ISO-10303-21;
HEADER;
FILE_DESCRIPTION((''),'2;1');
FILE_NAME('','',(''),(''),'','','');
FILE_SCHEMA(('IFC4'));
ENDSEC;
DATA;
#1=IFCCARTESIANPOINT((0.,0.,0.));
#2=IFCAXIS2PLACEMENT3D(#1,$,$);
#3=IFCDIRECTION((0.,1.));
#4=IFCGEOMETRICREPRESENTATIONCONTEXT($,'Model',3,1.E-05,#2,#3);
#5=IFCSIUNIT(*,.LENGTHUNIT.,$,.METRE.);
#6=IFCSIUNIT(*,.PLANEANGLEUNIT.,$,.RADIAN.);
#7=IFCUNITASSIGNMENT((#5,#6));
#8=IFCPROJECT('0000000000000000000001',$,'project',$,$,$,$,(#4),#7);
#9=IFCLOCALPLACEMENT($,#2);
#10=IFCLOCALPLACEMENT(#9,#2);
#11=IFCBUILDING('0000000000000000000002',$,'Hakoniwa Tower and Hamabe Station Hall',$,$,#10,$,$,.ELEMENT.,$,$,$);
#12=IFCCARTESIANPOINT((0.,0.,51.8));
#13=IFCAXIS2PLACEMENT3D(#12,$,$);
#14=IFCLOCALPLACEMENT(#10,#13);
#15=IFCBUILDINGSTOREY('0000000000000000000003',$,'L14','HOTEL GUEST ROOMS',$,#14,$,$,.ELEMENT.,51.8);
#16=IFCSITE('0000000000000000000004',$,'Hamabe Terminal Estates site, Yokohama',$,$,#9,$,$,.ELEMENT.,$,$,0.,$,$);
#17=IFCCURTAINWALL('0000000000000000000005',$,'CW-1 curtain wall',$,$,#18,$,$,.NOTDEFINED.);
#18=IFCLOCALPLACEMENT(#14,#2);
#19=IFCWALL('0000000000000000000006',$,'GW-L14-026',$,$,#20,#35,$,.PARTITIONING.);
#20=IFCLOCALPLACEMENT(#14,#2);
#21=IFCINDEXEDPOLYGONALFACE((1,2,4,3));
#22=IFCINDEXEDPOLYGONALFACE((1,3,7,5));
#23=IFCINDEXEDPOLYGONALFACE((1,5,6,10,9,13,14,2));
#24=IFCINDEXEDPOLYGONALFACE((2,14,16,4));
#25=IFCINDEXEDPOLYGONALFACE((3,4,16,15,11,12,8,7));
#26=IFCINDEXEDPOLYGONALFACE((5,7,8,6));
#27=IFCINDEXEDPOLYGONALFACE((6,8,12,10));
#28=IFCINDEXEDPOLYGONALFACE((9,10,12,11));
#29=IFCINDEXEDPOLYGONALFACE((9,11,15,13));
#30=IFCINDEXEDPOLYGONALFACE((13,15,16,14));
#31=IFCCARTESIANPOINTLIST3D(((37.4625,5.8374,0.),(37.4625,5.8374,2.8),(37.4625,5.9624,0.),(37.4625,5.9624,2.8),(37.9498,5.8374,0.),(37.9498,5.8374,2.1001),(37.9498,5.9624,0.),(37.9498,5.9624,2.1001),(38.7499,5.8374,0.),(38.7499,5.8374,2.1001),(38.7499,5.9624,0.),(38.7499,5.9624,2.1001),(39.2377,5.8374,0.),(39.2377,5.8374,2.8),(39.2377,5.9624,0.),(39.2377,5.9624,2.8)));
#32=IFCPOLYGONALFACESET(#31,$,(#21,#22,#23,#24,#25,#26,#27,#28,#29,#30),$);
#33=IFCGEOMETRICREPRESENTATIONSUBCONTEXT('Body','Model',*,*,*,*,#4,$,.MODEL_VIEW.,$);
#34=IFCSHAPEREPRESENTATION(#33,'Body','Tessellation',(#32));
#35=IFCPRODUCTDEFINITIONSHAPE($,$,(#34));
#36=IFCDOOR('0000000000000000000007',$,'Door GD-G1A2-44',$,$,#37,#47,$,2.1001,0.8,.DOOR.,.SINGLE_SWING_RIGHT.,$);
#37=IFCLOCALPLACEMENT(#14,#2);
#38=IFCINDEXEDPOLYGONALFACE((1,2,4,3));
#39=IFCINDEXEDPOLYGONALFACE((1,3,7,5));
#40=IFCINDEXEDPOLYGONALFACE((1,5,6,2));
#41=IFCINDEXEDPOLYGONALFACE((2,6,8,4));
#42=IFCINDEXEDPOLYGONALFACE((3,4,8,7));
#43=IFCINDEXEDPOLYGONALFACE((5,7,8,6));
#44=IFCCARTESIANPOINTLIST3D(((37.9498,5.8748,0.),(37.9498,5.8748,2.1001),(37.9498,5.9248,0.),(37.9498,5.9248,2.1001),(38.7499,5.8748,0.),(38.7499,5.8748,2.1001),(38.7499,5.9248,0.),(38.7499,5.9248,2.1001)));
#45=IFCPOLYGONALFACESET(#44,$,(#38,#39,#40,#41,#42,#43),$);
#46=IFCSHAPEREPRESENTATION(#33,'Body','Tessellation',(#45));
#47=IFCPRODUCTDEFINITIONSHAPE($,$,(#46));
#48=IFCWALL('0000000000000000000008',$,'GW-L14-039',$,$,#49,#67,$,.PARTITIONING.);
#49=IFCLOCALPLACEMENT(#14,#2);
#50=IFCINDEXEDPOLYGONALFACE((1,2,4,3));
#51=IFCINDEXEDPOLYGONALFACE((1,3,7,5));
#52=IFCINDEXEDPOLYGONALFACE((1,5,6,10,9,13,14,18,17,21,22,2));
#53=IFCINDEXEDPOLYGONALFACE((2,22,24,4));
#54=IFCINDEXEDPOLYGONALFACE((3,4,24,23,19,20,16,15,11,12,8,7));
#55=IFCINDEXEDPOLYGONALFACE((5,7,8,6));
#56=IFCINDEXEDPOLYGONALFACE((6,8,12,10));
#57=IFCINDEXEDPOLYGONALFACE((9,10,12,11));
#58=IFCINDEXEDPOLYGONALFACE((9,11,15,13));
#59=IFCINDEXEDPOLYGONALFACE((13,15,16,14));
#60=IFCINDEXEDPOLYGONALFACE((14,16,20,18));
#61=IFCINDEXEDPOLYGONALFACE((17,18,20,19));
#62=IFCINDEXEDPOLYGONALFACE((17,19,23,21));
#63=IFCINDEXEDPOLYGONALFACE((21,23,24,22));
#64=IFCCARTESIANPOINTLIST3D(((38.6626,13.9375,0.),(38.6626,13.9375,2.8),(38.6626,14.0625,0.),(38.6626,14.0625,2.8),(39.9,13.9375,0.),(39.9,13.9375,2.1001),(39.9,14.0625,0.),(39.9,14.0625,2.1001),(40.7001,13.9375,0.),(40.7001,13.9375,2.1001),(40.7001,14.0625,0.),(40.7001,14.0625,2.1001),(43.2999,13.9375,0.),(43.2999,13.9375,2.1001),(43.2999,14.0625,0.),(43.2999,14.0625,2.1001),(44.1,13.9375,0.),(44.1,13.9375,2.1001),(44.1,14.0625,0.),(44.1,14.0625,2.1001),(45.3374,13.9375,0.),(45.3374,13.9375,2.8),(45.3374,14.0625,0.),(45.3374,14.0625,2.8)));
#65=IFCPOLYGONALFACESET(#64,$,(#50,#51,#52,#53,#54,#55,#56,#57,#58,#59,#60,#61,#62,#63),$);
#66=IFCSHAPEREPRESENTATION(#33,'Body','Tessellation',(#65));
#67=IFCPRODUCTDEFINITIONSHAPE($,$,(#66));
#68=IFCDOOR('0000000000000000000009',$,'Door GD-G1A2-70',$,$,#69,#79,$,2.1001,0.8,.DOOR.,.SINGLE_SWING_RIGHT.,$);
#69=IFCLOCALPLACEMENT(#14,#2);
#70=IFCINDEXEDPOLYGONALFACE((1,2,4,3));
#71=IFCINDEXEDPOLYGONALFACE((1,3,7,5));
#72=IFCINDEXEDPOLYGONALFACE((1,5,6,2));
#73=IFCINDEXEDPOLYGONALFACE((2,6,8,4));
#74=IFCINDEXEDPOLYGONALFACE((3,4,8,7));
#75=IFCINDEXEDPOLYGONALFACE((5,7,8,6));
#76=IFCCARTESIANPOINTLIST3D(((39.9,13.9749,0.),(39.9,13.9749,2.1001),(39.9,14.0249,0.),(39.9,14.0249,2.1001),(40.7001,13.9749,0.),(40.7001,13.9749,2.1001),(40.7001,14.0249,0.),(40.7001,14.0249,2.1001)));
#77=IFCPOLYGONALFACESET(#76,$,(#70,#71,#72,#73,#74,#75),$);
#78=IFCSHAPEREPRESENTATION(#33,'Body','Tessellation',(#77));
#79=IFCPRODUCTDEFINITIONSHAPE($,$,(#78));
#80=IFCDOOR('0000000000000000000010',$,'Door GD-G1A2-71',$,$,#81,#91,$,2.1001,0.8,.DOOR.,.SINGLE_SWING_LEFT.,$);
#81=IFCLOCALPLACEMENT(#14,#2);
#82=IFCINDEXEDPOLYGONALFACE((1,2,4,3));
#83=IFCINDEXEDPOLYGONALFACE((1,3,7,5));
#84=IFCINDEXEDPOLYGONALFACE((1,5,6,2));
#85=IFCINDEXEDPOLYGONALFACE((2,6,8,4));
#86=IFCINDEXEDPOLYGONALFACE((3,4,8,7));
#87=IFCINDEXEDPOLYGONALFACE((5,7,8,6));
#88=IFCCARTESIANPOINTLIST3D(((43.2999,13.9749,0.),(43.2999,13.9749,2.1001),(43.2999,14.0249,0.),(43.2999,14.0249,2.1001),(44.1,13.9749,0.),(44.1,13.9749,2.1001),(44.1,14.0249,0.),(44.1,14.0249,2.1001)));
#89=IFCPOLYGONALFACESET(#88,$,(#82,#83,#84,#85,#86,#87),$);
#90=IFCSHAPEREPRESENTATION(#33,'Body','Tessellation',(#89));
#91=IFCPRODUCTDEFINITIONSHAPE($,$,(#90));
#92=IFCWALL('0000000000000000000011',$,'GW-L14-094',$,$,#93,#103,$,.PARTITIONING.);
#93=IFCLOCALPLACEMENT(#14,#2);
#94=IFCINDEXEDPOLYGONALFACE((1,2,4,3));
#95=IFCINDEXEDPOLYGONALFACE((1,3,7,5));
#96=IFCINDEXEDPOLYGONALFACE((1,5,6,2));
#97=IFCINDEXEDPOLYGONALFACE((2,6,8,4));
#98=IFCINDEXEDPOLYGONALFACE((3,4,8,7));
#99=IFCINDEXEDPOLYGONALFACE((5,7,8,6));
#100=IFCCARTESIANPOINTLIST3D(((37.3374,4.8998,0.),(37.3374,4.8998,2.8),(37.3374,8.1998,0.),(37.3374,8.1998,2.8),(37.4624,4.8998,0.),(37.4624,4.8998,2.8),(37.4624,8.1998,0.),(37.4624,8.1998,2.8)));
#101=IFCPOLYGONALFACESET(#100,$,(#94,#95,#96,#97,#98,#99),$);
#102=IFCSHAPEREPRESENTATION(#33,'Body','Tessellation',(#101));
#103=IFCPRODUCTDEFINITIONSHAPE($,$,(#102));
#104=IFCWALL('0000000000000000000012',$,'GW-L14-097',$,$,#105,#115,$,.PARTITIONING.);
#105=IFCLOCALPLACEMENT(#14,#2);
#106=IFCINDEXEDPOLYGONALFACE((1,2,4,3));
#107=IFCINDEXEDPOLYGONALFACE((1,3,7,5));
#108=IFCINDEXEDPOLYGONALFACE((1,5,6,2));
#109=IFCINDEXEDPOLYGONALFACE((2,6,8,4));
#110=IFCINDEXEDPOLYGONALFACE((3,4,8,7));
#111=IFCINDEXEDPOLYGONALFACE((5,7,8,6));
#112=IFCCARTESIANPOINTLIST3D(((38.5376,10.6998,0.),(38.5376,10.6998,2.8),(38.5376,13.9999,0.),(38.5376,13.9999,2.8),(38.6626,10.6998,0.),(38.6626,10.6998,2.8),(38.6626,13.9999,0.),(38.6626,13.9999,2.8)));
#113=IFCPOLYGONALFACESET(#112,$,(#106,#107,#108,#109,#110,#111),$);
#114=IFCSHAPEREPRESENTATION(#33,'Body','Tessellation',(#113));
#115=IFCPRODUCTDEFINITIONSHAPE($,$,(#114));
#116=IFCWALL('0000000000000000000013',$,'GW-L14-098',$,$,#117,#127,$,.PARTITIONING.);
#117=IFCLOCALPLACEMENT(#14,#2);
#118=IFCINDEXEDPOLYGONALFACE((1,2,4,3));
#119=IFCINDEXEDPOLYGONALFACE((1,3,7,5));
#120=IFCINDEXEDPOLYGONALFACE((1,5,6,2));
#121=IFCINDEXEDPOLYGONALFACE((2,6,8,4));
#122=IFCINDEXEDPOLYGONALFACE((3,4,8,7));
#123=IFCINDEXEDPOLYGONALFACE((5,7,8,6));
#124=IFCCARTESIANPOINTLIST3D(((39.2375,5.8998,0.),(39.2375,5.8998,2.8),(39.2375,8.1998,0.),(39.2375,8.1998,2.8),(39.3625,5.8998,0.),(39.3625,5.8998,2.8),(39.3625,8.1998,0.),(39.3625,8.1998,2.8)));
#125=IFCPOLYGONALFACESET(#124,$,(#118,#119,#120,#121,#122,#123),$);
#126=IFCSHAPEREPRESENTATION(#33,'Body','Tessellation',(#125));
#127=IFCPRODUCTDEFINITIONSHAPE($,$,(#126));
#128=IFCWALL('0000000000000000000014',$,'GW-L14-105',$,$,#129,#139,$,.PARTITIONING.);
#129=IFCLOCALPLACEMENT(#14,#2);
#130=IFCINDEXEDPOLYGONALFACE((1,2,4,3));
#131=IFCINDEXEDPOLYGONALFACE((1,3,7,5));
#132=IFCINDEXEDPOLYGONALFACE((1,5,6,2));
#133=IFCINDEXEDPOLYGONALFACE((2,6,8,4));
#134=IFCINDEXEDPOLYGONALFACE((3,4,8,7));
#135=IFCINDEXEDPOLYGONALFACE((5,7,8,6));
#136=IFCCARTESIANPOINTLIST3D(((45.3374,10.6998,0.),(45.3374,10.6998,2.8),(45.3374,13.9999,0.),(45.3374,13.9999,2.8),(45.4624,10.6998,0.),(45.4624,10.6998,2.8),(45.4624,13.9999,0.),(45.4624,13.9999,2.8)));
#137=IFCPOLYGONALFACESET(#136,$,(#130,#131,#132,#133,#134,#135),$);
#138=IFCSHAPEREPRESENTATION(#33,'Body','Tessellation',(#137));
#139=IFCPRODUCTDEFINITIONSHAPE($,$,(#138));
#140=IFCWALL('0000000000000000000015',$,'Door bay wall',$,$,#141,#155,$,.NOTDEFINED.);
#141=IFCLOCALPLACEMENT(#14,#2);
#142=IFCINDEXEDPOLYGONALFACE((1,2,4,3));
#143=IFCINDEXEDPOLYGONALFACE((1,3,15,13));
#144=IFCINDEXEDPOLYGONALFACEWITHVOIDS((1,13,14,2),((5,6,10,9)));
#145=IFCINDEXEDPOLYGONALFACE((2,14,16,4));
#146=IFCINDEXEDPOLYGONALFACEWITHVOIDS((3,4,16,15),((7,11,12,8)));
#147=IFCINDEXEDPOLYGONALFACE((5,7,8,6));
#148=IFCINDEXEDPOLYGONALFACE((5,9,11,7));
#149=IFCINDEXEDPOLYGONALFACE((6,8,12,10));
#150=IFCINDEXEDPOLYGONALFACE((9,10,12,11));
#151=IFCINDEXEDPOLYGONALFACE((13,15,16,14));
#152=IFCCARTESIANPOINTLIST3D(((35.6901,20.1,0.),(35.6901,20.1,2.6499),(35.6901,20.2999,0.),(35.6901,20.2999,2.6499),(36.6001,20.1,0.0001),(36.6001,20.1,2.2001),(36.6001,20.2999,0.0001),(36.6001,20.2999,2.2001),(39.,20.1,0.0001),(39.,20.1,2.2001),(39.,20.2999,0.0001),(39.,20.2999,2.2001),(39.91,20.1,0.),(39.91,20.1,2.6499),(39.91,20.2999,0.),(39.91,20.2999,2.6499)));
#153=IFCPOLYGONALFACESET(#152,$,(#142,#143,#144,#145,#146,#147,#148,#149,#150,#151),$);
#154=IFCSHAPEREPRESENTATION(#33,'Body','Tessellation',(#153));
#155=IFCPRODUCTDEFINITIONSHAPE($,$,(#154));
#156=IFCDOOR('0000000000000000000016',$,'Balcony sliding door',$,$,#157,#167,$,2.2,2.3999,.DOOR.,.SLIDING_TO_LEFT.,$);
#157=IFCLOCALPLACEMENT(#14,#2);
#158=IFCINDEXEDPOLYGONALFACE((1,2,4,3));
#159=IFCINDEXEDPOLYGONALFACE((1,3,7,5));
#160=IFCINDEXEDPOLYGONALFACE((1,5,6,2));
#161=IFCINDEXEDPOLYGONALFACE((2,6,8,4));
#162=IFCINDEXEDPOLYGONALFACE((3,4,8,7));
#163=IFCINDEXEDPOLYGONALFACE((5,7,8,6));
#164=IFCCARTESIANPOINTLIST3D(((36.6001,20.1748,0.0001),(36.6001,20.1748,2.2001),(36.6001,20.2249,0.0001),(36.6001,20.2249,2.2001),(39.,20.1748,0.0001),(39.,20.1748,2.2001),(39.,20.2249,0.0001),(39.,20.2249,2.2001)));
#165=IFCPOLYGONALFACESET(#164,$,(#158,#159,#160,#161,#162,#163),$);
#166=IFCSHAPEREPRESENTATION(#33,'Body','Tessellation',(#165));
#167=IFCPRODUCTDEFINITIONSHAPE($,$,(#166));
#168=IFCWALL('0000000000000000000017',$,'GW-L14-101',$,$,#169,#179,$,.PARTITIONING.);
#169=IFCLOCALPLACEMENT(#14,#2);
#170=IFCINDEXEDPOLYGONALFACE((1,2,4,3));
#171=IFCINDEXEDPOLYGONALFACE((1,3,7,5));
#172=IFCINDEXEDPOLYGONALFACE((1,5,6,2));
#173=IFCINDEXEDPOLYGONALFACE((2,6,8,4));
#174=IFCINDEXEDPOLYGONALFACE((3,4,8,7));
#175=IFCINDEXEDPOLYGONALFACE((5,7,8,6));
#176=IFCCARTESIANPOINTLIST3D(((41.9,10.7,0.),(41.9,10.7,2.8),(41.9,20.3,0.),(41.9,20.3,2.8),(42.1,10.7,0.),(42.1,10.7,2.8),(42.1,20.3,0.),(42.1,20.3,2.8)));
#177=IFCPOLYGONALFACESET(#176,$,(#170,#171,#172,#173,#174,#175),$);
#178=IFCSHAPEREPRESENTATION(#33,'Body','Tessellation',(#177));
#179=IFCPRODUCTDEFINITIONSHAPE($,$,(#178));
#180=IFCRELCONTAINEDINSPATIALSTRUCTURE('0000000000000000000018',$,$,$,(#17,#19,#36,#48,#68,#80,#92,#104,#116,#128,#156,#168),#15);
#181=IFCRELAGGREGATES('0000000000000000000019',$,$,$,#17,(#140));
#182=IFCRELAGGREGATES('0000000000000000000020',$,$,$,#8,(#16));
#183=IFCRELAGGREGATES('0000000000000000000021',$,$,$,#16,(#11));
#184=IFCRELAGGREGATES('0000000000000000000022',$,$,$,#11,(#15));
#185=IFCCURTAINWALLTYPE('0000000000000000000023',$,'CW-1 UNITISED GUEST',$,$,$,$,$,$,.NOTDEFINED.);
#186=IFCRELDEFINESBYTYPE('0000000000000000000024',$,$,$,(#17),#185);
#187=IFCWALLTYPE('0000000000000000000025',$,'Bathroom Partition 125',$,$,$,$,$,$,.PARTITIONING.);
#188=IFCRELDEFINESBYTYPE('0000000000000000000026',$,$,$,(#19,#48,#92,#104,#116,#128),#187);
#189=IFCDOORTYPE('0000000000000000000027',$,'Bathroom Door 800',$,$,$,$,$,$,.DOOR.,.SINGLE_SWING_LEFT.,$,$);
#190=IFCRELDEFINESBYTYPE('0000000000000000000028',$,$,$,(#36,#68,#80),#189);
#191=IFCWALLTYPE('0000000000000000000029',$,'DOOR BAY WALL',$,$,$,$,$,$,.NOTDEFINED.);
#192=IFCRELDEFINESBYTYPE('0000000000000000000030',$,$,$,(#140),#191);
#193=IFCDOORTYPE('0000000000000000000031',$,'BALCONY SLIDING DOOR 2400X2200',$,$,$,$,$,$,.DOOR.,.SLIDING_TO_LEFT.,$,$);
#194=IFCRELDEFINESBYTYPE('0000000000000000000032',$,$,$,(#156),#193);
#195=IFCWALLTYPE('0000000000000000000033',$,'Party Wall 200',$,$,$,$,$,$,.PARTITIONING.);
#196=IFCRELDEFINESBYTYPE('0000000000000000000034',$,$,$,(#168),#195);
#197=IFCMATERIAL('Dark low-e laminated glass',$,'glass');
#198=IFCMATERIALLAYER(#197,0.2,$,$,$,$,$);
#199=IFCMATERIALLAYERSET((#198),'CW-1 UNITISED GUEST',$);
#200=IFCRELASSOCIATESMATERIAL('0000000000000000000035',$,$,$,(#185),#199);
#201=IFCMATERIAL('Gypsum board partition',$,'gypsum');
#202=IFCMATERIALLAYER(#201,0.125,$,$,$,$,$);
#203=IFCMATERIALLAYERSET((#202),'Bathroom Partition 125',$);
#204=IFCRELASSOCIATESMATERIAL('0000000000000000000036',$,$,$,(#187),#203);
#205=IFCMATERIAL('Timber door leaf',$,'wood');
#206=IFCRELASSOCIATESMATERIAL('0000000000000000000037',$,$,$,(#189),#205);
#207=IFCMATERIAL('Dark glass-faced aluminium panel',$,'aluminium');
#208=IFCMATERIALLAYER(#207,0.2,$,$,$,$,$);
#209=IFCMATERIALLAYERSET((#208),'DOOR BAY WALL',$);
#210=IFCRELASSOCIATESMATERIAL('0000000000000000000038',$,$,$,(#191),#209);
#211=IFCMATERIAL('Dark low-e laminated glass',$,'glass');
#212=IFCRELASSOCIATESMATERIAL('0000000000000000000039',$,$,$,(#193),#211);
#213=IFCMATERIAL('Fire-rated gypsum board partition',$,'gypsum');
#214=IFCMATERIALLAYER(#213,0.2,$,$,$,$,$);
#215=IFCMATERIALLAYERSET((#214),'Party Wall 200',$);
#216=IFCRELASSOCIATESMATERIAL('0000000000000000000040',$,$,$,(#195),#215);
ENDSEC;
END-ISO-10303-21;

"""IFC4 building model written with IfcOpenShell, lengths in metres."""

from ifc_helpers import new_model, si_unit, direction, frame, frame_2d, origin, place, context, subcontext, project, spatial, rectangle, extrude, material, layer, layer_set, type_object, element, fill, aggregate, save


model = new_model("IFC4")

# Units and contexts
model_context = context("Model", 3, precision=1e-05, world=origin(), true_north=direction((0.0, 1.0)))
body_context = subcontext(model_context, "Body", "Model", "MODEL_VIEW")
ifc_project = project(units=[si_unit("LENGTHUNIT", "METRE"), si_unit("PLANEANGLEUNIT", "RADIAN")], contexts=[model_context])

# Site, building, storey
site_placement = place(None, origin())
site = spatial("IfcSite", under=ifc_project, at=site_placement, Name="Hamabe Terminal Estates site, Yokohama", CompositionType="ELEMENT", RefElevation=0.0)
building_placement = place(site_placement, origin())
building = spatial("IfcBuilding", under=site, at=building_placement, Name="Hakoniwa Tower and Hamabe Station Hall", CompositionType="ELEMENT")
storey_placement = place(building_placement, frame((0.0, 0.0, 51.8)))
storey = spatial("IfcBuildingStorey", under=building, at=storey_placement, Name="L14", Description="HOTEL GUEST ROOMS", CompositionType="ELEMENT", Elevation=51.8)

# Curtain wall
ifc_material_1 = material(Name="Dark low-e laminated glass", Category="glass")
ifc_layer_1 = layer(ifc_material_1, 0.2)
ifc_layer_set_1 = layer_set([ifc_layer_1], Name="CW-1 UNITISED GUEST")
curtain_wall_type = type_object("IfcCurtainWallType", Name="CW-1 UNITISED GUEST", PredefinedType="NOTDEFINED", material=ifc_layer_set_1)
curtain_wall_1_placement = place(storey_placement, origin())
curtain_wall_1 = element("IfcCurtainWall", 1, at=curtain_wall_1_placement, inside=storey, type_object=curtain_wall_type, Name="CW-1 curtain wall", PredefinedType="NOTDEFINED")

# Wall, opening, door
ifc_material_2 = material(Name="Gypsum board partition", Category="gypsum")
ifc_layer_2 = layer(ifc_material_2, 0.125)
ifc_layer_set_2 = layer_set([ifc_layer_2], Name="Bathroom Partition 125")
wall_type_1 = type_object("IfcWallType", Name="Bathroom Partition 125", PredefinedType="PARTITIONING", material=ifc_layer_set_2)
wall_1_placement = place(storey_placement, frame((37.4624, 5.8999, 0.0), z_axis=(0.0, 0.0, 1.0), x_axis=(1.0, 0.0, 0.0)))
wall_1 = element("IfcWall", 2, at=wall_1_placement, inside=storey, type_object=wall_type_1, Name="GW-L14-026", PredefinedType="PARTITIONING", context=body_context, shape_type="SweptSolid", body=[
    extrude(rectangle(XDim=1.7751, YDim=0.125, at=frame_2d((0.8877, 0.0))), origin(), (0.0, 0.0, 1.0), 2.8),
])
opening_1_placement = place(wall_1_placement, frame((0.4875, 0.0, 0.0)))
opening_1 = element("IfcOpeningElement", 3, at=opening_1_placement, cuts=wall_1, PredefinedType="OPENING", context=body_context, shape_type="SweptSolid", body=[
    extrude(rectangle(XDim=0.8, YDim=2.1001, at=frame_2d((0.3999, 1.05))), frame((0.0, 0.0725, 0.0), z_axis=(0.0, -1.0, 0.0), x_axis=(1.0, 0.0, 0.0)), (0.0, 0.0, 1.0), 0.145),
])
ifc_material_3 = material(Name="Timber door leaf", Category="wood")
door_type_1 = type_object("IfcDoorType", Name="Bathroom Door 800", OperationType="SINGLE_SWING_LEFT", PredefinedType="DOOR", material=ifc_material_3)
door_1_placement = place(opening_1_placement, origin())
door_1 = element("IfcDoor", 4, at=door_1_placement, inside=storey, type_object=door_type_1, Name="Door GD-G1A2-44", OperationType="SINGLE_SWING_RIGHT", OverallHeight=2.1001, OverallWidth=0.8, PredefinedType="DOOR", context=body_context, shape_type="SweptSolid", body=[
    extrude(rectangle(XDim=0.8, YDim=2.1001, at=frame_2d((0.3999, 1.05))), frame((0.0, 0.0249, 0.0), z_axis=(0.0, -1.0, 0.0), x_axis=(1.0, 0.0, 0.0)), (0.0, 0.0, 1.0), 0.05),
])
fill(opening_1, door_1)

# Wall, openings, doors
wall_2_placement = place(storey_placement, frame((38.6626, 14.0, 0.0), z_axis=(0.0, 0.0, 1.0), x_axis=(1.0, 0.0, 0.0)))
wall_2 = element("IfcWall", 5, at=wall_2_placement, inside=storey, type_object=wall_type_1, Name="GW-L14-039", PredefinedType="PARTITIONING", context=body_context, shape_type="SweptSolid", body=[
    extrude(rectangle(XDim=6.6748, YDim=0.125, at=frame_2d((3.3374, 0.0))), origin(), (0.0, 0.0, 1.0), 2.8),
])
opening_2_placement = place(wall_2_placement, frame((1.2375, 0.0, 0.0)))
opening_2 = element("IfcOpeningElement", 6, at=opening_2_placement, cuts=wall_2, PredefinedType="OPENING", context=body_context, shape_type="SweptSolid", body=[
    extrude(rectangle(XDim=0.8, YDim=2.1001, at=frame_2d((0.3999, 1.05))), frame((0.0, 0.0725, 0.0), z_axis=(0.0, -1.0, 0.0), x_axis=(1.0, 0.0, 0.0)), (0.0, 0.0, 1.0), 0.145),
])
opening_3_placement = place(wall_2_placement, frame((4.6375, 0.0, 0.0)))
opening_3 = element("IfcOpeningElement", 7, at=opening_3_placement, cuts=wall_2, PredefinedType="OPENING", context=body_context, shape_type="SweptSolid", body=[
    extrude(rectangle(XDim=0.8, YDim=2.1001, at=frame_2d((0.3999, 1.05))), frame((0.0, 0.0725, 0.0), z_axis=(0.0, -1.0, 0.0), x_axis=(1.0, 0.0, 0.0)), (0.0, 0.0, 1.0), 0.145),
])
door_2_placement = place(opening_2_placement, origin())
door_2 = element("IfcDoor", 8, at=door_2_placement, inside=storey, type_object=door_type_1, Name="Door GD-G1A2-70", OperationType="SINGLE_SWING_RIGHT", OverallHeight=2.1001, OverallWidth=0.8, PredefinedType="DOOR", context=body_context, shape_type="SweptSolid", body=[
    extrude(rectangle(XDim=0.8, YDim=2.1001, at=frame_2d((0.3999, 1.05))), frame((0.0, 0.0249, 0.0), z_axis=(0.0, -1.0, 0.0), x_axis=(1.0, 0.0, 0.0)), (0.0, 0.0, 1.0), 0.05),
])
fill(opening_2, door_2)
door_3_placement = place(opening_3_placement, origin())
door_3 = element("IfcDoor", 9, at=door_3_placement, inside=storey, type_object=door_type_1, Name="Door GD-G1A2-71", OperationType="SINGLE_SWING_LEFT", OverallHeight=2.1001, OverallWidth=0.8, PredefinedType="DOOR", context=body_context, shape_type="SweptSolid", body=[
    extrude(rectangle(XDim=0.8, YDim=2.1001, at=frame_2d((0.3999, 1.05))), frame((0.0, 0.0249, 0.0), z_axis=(0.0, -1.0, 0.0), x_axis=(1.0, 0.0, 0.0)), (0.0, 0.0, 1.0), 0.05),
])
fill(opening_3, door_3)

# Walls
for number, where, z_axis, x_axis, name in (
    (10, (37.3999, 4.8999, 0.0), (0.0, 0.0, 1.0), (0.0, 1.0, 0.0), "GW-L14-094"),
    (11, (38.6001, 10.7, 0.0), (0.0, 0.0, 1.0), (0.0, 1.0, 0.0), "GW-L14-097"),
):
    element("IfcWall", number, at=place(storey_placement, frame(where, z_axis=z_axis, x_axis=x_axis)), inside=storey, type_object=wall_type_1, Name=name, PredefinedType="PARTITIONING", context=body_context, shape_type="SweptSolid", body=[
        extrude(rectangle(XDim=3.3, YDim=0.125, at=frame_2d((1.6499, 0.0))), origin(), (0.0, 0.0, 1.0), 2.8),
    ])
wall_3_placement = place(storey_placement, frame((39.3, 5.8999, 0.0), z_axis=(0.0, 0.0, 1.0), x_axis=(0.0, 1.0, 0.0)))
element("IfcWall", 12, at=wall_3_placement, inside=storey, type_object=wall_type_1, Name="GW-L14-098", PredefinedType="PARTITIONING", context=body_context, shape_type="SweptSolid", body=[
    extrude(rectangle(XDim=2.3, YDim=0.125, at=frame_2d((1.1499, 0.0))), origin(), (0.0, 0.0, 1.0), 2.8),
])
wall_4_placement = place(storey_placement, frame((45.3999, 10.7, 0.0), z_axis=(0.0, 0.0, 1.0), x_axis=(0.0, 1.0, 0.0)))
element("IfcWall", 13, at=wall_4_placement, inside=storey, type_object=wall_type_1, Name="GW-L14-105", PredefinedType="PARTITIONING", context=body_context, shape_type="SweptSolid", body=[
    extrude(rectangle(XDim=3.3, YDim=0.125, at=frame_2d((1.6499, 0.0))), origin(), (0.0, 0.0, 1.0), 2.8),
])

# Wall, opening, door
ifc_material_4 = material(Name="Dark glass-faced aluminium panel", Category="aluminium")
ifc_layer_3 = layer(ifc_material_4, 0.2)
ifc_layer_set_3 = layer_set([ifc_layer_3], Name="DOOR BAY WALL")
wall_type_2 = type_object("IfcWallType", Name="DOOR BAY WALL", PredefinedType="NOTDEFINED", material=ifc_layer_set_3)
wall_5_placement = place(storey_placement, frame((39.9099, 20.2, 0.0), z_axis=(0.0, 0.0, 1.0), x_axis=(-1.0, 0.0, 0.0)))
wall_5 = element("IfcWall", 14, at=wall_5_placement, type_object=wall_type_2, Name="Door bay wall", PredefinedType="NOTDEFINED", context=body_context, shape_type="SweptSolid", body=[
    extrude(rectangle(XDim=4.22, YDim=0.2, at=frame_2d((2.1099, 0.0))), origin(), (0.0, 0.0, 1.0), 2.6499),
])
opening_4_placement = place(wall_5_placement, frame((0.9099, 0.0, 0.0)))
opening_4 = element("IfcOpeningElement", 15, at=opening_4_placement, cuts=wall_5, PredefinedType="OPENING", context=body_context, shape_type="SweptSolid", body=[
    extrude(rectangle(XDim=2.3999, YDim=2.2, at=frame_2d((1.2, 1.1001))), frame((0.0, 0.1099, 0.0), z_axis=(0.0, -1.0, 0.0), x_axis=(1.0, 0.0, 0.0)), (0.0, 0.0, 1.0), 0.22),
])
ifc_material_5 = material(Name="Dark low-e laminated glass", Category="glass")
door_type_2 = type_object("IfcDoorType", Name="BALCONY SLIDING DOOR 2400X2200", OperationType="SLIDING_TO_LEFT", PredefinedType="DOOR", material=ifc_material_5)
door_4_placement = place(opening_4_placement, frame((2.3999, 0.0, 0.0), z_axis=(0.0, 0.0, 1.0), x_axis=(-1.0, 0.0, 0.0)))
door_4 = element("IfcDoor", 16, at=door_4_placement, inside=storey, type_object=door_type_2, Name="Balcony sliding door", OperationType="SLIDING_TO_LEFT", OverallHeight=2.2, OverallWidth=2.3999, PredefinedType="DOOR", context=body_context, shape_type="SweptSolid", body=[
    extrude(rectangle(XDim=2.3999, YDim=2.2, at=frame_2d((1.2, 1.1001))), frame((0.0, 0.0249, 0.0), z_axis=(0.0, -1.0, 0.0), x_axis=(1.0, 0.0, 0.0)), (0.0, 0.0, 1.0), 0.05),
])
fill(opening_4, door_4)
aggregate(curtain_wall_1, [wall_5])

# Wall
ifc_material_6 = material(Name="Fire-rated gypsum board partition", Category="gypsum")
ifc_layer_4 = layer(ifc_material_6, 0.2)
ifc_layer_set_4 = layer_set([ifc_layer_4], Name="Party Wall 200")
wall_type_3 = type_object("IfcWallType", Name="Party Wall 200", PredefinedType="PARTITIONING", material=ifc_layer_set_4)
wall_6_placement = place(storey_placement, frame((42.0, 10.7, 0.0), z_axis=(0.0, 0.0, 1.0), x_axis=(0.0, 1.0, 0.0)))
element("IfcWall", 17, at=wall_6_placement, inside=storey, type_object=wall_type_3, Name="GW-L14-101", PredefinedType="PARTITIONING", context=body_context, shape_type="SweptSolid", body=[
    extrude(rectangle(XDim=9.6001, YDim=0.2, at=frame_2d((4.8, 0.0))), origin(), (0.0, 0.0, 1.0), 2.8),
])

save(model, "model.ifc")
